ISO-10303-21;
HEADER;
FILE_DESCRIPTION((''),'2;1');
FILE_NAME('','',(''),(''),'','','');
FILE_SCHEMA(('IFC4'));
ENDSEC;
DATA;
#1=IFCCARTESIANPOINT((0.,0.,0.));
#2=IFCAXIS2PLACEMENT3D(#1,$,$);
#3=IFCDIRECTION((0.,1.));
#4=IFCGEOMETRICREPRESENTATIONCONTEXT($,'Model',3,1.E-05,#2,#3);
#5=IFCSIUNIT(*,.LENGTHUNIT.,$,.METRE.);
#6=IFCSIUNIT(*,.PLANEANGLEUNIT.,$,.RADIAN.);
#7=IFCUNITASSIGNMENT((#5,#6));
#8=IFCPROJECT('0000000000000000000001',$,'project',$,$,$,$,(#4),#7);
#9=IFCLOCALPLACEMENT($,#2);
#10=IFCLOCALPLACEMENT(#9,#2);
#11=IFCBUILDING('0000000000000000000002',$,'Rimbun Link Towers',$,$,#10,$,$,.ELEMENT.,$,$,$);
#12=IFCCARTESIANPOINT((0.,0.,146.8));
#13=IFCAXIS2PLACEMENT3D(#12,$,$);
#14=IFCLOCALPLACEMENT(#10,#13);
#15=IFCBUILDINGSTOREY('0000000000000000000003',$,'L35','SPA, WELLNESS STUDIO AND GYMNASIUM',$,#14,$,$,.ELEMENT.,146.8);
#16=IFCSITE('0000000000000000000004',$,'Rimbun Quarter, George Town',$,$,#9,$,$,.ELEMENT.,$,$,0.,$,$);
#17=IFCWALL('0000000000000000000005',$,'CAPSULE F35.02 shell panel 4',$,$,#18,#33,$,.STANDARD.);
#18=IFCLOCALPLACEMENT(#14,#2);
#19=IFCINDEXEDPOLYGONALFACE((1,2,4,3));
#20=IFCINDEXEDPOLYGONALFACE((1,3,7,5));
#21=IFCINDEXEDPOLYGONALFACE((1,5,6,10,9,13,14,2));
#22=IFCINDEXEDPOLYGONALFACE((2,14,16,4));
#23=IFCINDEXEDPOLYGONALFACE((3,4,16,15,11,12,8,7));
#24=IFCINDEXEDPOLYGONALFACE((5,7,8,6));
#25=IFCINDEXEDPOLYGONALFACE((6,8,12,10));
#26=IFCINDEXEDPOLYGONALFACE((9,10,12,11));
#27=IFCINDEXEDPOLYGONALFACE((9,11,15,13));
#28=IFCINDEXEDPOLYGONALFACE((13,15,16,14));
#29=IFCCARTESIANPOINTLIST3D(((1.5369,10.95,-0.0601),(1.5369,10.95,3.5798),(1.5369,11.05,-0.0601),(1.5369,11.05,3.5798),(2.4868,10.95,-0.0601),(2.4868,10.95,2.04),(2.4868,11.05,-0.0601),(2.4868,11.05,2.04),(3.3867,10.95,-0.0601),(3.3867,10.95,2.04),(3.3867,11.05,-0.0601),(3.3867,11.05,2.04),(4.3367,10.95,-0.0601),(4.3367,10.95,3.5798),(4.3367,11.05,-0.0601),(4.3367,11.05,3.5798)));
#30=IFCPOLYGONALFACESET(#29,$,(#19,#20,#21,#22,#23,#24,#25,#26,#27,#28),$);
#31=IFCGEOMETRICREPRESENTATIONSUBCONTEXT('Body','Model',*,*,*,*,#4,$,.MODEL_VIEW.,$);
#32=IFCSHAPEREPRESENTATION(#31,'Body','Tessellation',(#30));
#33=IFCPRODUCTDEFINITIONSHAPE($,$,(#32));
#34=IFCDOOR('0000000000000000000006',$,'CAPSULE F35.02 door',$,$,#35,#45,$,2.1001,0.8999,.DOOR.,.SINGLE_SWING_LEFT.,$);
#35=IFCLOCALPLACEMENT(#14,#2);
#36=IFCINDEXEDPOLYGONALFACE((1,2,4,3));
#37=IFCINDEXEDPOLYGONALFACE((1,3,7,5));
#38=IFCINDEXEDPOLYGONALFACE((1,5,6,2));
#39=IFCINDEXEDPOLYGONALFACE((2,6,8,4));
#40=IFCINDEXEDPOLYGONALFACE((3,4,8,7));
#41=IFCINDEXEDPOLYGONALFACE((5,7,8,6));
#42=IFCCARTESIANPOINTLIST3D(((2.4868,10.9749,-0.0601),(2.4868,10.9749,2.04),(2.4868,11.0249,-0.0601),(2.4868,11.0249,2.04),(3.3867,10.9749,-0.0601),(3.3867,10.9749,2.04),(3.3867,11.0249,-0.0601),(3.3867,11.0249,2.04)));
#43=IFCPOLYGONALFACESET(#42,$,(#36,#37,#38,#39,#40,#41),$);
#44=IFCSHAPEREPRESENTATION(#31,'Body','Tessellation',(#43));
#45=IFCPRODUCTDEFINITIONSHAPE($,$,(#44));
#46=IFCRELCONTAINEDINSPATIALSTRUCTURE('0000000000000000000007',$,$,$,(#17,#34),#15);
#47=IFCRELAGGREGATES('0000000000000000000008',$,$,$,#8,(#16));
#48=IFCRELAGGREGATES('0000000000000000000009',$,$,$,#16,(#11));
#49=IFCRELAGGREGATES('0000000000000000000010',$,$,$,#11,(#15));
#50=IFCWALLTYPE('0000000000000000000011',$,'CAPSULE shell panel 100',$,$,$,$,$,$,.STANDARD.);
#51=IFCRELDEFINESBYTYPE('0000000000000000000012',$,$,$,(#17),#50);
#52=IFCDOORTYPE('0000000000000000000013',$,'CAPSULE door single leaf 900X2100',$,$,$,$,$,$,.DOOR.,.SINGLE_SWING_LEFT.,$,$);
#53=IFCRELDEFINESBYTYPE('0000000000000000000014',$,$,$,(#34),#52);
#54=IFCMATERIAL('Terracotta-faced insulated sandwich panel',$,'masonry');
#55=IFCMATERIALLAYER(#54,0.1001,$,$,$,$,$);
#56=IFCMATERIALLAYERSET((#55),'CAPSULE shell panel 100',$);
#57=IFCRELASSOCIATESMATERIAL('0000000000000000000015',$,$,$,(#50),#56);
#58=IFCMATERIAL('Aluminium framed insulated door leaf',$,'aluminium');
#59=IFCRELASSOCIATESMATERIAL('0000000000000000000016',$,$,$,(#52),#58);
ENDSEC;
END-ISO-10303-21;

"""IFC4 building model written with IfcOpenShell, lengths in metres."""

from ifc_helpers import new_model, si_unit, direction, frame, frame_2d, origin, place, context, subcontext, project, spatial, rectangle, extrude, material, layer, layer_set, type_object, element, fill, save


model = new_model("IFC4")

# Units and contexts
model_context = context("Model", 3, precision=1e-05, world=origin(), true_north=direction((0.0, 1.0)))
body_context = subcontext(model_context, "Body", "Model", "MODEL_VIEW")
ifc_project = project(units=[si_unit("LENGTHUNIT", "METRE"), si_unit("PLANEANGLEUNIT", "RADIAN")], contexts=[model_context])

# Site, building, storey
site_placement = place(None, origin())
site = spatial("IfcSite", under=ifc_project, at=site_placement, Name="Rimbun Quarter, George Town", CompositionType="ELEMENT", RefElevation=0.0)
building_placement = place(site_placement, origin())
building = spatial("IfcBuilding", under=site, at=building_placement, Name="Rimbun Link Towers", CompositionType="ELEMENT")
storey_placement = place(building_placement, frame((0.0, 0.0, 146.8)))
storey = spatial("IfcBuildingStorey", under=building, at=storey_placement, Name="L35", Description="SPA, WELLNESS STUDIO AND GYMNASIUM", CompositionType="ELEMENT", Elevation=146.8)

# Shared definitions
ifc_material_1 = material(Name="Terracotta-faced insulated sandwich panel", Category="masonry")
ifc_layer_1 = layer(ifc_material_1, 0.1001)
ifc_layer_set_1 = layer_set([ifc_layer_1], Name="CAPSULE shell panel 100")
wall_type = type_object("IfcWallType", Name="CAPSULE shell panel 100", PredefinedType="STANDARD", material=ifc_layer_set_1)

# Wall, opening, door
wall_placement = place(storey_placement, frame((1.5369, 11.0, -0.0601), z_axis=(0.0, 0.0, 1.0), x_axis=(1.0, 0.0, 0.0)))
wall = element("IfcWall", 1, at=wall_placement, inside=storey, type_object=wall_type, Name="CAPSULE F35.02 shell panel 4", PredefinedType="STANDARD", context=body_context, shape_type="SweptSolid", body=[
    extrude(rectangle(XDim=2.7998, YDim=0.1001, at=frame_2d((1.3999, 0.0))), origin(), (0.0, 0.0, 1.0), 3.6399),
])
opening_placement = place(wall_placement, frame((0.95, 0.0, 0.0)))
opening = element("IfcOpeningElement", 2, at=opening_placement, cuts=wall, PredefinedType="OPENING", context=body_context, shape_type="SweptSolid", body=[
    extrude(rectangle(XDim=0.8999, YDim=2.1001, at=frame_2d((0.45, 1.05))), frame((0.0, 0.0601, 0.0), z_axis=(0.0, -1.0, 0.0), x_axis=(1.0, 0.0, 0.0)), (0.0, 0.0, 1.0), 0.1201),
])
ifc_material_2 = material(Name="Aluminium framed insulated door leaf", Category="aluminium")
door_type = type_object("IfcDoorType", Name="CAPSULE door single leaf 900X2100", OperationType="SINGLE_SWING_LEFT", PredefinedType="DOOR", material=ifc_material_2)
door_placement = place(opening_placement, origin())
door = element("IfcDoor", 3, at=door_placement, inside=storey, type_object=door_type, Name="CAPSULE F35.02 door", OperationType="SINGLE_SWING_LEFT", OverallHeight=2.1001, OverallWidth=0.8999, PredefinedType="DOOR", context=body_context, shape_type="SweptSolid", body=[
    extrude(rectangle(XDim=0.8999, YDim=2.1001, at=frame_2d((0.45, 1.05))), frame((0.0, 0.0249, 0.0), z_axis=(0.0, -1.0, 0.0), x_axis=(1.0, 0.0, 0.0)), (0.0, 0.0, 1.0), 0.05),
])
fill(opening, door)

save(model, "model.ifc")
